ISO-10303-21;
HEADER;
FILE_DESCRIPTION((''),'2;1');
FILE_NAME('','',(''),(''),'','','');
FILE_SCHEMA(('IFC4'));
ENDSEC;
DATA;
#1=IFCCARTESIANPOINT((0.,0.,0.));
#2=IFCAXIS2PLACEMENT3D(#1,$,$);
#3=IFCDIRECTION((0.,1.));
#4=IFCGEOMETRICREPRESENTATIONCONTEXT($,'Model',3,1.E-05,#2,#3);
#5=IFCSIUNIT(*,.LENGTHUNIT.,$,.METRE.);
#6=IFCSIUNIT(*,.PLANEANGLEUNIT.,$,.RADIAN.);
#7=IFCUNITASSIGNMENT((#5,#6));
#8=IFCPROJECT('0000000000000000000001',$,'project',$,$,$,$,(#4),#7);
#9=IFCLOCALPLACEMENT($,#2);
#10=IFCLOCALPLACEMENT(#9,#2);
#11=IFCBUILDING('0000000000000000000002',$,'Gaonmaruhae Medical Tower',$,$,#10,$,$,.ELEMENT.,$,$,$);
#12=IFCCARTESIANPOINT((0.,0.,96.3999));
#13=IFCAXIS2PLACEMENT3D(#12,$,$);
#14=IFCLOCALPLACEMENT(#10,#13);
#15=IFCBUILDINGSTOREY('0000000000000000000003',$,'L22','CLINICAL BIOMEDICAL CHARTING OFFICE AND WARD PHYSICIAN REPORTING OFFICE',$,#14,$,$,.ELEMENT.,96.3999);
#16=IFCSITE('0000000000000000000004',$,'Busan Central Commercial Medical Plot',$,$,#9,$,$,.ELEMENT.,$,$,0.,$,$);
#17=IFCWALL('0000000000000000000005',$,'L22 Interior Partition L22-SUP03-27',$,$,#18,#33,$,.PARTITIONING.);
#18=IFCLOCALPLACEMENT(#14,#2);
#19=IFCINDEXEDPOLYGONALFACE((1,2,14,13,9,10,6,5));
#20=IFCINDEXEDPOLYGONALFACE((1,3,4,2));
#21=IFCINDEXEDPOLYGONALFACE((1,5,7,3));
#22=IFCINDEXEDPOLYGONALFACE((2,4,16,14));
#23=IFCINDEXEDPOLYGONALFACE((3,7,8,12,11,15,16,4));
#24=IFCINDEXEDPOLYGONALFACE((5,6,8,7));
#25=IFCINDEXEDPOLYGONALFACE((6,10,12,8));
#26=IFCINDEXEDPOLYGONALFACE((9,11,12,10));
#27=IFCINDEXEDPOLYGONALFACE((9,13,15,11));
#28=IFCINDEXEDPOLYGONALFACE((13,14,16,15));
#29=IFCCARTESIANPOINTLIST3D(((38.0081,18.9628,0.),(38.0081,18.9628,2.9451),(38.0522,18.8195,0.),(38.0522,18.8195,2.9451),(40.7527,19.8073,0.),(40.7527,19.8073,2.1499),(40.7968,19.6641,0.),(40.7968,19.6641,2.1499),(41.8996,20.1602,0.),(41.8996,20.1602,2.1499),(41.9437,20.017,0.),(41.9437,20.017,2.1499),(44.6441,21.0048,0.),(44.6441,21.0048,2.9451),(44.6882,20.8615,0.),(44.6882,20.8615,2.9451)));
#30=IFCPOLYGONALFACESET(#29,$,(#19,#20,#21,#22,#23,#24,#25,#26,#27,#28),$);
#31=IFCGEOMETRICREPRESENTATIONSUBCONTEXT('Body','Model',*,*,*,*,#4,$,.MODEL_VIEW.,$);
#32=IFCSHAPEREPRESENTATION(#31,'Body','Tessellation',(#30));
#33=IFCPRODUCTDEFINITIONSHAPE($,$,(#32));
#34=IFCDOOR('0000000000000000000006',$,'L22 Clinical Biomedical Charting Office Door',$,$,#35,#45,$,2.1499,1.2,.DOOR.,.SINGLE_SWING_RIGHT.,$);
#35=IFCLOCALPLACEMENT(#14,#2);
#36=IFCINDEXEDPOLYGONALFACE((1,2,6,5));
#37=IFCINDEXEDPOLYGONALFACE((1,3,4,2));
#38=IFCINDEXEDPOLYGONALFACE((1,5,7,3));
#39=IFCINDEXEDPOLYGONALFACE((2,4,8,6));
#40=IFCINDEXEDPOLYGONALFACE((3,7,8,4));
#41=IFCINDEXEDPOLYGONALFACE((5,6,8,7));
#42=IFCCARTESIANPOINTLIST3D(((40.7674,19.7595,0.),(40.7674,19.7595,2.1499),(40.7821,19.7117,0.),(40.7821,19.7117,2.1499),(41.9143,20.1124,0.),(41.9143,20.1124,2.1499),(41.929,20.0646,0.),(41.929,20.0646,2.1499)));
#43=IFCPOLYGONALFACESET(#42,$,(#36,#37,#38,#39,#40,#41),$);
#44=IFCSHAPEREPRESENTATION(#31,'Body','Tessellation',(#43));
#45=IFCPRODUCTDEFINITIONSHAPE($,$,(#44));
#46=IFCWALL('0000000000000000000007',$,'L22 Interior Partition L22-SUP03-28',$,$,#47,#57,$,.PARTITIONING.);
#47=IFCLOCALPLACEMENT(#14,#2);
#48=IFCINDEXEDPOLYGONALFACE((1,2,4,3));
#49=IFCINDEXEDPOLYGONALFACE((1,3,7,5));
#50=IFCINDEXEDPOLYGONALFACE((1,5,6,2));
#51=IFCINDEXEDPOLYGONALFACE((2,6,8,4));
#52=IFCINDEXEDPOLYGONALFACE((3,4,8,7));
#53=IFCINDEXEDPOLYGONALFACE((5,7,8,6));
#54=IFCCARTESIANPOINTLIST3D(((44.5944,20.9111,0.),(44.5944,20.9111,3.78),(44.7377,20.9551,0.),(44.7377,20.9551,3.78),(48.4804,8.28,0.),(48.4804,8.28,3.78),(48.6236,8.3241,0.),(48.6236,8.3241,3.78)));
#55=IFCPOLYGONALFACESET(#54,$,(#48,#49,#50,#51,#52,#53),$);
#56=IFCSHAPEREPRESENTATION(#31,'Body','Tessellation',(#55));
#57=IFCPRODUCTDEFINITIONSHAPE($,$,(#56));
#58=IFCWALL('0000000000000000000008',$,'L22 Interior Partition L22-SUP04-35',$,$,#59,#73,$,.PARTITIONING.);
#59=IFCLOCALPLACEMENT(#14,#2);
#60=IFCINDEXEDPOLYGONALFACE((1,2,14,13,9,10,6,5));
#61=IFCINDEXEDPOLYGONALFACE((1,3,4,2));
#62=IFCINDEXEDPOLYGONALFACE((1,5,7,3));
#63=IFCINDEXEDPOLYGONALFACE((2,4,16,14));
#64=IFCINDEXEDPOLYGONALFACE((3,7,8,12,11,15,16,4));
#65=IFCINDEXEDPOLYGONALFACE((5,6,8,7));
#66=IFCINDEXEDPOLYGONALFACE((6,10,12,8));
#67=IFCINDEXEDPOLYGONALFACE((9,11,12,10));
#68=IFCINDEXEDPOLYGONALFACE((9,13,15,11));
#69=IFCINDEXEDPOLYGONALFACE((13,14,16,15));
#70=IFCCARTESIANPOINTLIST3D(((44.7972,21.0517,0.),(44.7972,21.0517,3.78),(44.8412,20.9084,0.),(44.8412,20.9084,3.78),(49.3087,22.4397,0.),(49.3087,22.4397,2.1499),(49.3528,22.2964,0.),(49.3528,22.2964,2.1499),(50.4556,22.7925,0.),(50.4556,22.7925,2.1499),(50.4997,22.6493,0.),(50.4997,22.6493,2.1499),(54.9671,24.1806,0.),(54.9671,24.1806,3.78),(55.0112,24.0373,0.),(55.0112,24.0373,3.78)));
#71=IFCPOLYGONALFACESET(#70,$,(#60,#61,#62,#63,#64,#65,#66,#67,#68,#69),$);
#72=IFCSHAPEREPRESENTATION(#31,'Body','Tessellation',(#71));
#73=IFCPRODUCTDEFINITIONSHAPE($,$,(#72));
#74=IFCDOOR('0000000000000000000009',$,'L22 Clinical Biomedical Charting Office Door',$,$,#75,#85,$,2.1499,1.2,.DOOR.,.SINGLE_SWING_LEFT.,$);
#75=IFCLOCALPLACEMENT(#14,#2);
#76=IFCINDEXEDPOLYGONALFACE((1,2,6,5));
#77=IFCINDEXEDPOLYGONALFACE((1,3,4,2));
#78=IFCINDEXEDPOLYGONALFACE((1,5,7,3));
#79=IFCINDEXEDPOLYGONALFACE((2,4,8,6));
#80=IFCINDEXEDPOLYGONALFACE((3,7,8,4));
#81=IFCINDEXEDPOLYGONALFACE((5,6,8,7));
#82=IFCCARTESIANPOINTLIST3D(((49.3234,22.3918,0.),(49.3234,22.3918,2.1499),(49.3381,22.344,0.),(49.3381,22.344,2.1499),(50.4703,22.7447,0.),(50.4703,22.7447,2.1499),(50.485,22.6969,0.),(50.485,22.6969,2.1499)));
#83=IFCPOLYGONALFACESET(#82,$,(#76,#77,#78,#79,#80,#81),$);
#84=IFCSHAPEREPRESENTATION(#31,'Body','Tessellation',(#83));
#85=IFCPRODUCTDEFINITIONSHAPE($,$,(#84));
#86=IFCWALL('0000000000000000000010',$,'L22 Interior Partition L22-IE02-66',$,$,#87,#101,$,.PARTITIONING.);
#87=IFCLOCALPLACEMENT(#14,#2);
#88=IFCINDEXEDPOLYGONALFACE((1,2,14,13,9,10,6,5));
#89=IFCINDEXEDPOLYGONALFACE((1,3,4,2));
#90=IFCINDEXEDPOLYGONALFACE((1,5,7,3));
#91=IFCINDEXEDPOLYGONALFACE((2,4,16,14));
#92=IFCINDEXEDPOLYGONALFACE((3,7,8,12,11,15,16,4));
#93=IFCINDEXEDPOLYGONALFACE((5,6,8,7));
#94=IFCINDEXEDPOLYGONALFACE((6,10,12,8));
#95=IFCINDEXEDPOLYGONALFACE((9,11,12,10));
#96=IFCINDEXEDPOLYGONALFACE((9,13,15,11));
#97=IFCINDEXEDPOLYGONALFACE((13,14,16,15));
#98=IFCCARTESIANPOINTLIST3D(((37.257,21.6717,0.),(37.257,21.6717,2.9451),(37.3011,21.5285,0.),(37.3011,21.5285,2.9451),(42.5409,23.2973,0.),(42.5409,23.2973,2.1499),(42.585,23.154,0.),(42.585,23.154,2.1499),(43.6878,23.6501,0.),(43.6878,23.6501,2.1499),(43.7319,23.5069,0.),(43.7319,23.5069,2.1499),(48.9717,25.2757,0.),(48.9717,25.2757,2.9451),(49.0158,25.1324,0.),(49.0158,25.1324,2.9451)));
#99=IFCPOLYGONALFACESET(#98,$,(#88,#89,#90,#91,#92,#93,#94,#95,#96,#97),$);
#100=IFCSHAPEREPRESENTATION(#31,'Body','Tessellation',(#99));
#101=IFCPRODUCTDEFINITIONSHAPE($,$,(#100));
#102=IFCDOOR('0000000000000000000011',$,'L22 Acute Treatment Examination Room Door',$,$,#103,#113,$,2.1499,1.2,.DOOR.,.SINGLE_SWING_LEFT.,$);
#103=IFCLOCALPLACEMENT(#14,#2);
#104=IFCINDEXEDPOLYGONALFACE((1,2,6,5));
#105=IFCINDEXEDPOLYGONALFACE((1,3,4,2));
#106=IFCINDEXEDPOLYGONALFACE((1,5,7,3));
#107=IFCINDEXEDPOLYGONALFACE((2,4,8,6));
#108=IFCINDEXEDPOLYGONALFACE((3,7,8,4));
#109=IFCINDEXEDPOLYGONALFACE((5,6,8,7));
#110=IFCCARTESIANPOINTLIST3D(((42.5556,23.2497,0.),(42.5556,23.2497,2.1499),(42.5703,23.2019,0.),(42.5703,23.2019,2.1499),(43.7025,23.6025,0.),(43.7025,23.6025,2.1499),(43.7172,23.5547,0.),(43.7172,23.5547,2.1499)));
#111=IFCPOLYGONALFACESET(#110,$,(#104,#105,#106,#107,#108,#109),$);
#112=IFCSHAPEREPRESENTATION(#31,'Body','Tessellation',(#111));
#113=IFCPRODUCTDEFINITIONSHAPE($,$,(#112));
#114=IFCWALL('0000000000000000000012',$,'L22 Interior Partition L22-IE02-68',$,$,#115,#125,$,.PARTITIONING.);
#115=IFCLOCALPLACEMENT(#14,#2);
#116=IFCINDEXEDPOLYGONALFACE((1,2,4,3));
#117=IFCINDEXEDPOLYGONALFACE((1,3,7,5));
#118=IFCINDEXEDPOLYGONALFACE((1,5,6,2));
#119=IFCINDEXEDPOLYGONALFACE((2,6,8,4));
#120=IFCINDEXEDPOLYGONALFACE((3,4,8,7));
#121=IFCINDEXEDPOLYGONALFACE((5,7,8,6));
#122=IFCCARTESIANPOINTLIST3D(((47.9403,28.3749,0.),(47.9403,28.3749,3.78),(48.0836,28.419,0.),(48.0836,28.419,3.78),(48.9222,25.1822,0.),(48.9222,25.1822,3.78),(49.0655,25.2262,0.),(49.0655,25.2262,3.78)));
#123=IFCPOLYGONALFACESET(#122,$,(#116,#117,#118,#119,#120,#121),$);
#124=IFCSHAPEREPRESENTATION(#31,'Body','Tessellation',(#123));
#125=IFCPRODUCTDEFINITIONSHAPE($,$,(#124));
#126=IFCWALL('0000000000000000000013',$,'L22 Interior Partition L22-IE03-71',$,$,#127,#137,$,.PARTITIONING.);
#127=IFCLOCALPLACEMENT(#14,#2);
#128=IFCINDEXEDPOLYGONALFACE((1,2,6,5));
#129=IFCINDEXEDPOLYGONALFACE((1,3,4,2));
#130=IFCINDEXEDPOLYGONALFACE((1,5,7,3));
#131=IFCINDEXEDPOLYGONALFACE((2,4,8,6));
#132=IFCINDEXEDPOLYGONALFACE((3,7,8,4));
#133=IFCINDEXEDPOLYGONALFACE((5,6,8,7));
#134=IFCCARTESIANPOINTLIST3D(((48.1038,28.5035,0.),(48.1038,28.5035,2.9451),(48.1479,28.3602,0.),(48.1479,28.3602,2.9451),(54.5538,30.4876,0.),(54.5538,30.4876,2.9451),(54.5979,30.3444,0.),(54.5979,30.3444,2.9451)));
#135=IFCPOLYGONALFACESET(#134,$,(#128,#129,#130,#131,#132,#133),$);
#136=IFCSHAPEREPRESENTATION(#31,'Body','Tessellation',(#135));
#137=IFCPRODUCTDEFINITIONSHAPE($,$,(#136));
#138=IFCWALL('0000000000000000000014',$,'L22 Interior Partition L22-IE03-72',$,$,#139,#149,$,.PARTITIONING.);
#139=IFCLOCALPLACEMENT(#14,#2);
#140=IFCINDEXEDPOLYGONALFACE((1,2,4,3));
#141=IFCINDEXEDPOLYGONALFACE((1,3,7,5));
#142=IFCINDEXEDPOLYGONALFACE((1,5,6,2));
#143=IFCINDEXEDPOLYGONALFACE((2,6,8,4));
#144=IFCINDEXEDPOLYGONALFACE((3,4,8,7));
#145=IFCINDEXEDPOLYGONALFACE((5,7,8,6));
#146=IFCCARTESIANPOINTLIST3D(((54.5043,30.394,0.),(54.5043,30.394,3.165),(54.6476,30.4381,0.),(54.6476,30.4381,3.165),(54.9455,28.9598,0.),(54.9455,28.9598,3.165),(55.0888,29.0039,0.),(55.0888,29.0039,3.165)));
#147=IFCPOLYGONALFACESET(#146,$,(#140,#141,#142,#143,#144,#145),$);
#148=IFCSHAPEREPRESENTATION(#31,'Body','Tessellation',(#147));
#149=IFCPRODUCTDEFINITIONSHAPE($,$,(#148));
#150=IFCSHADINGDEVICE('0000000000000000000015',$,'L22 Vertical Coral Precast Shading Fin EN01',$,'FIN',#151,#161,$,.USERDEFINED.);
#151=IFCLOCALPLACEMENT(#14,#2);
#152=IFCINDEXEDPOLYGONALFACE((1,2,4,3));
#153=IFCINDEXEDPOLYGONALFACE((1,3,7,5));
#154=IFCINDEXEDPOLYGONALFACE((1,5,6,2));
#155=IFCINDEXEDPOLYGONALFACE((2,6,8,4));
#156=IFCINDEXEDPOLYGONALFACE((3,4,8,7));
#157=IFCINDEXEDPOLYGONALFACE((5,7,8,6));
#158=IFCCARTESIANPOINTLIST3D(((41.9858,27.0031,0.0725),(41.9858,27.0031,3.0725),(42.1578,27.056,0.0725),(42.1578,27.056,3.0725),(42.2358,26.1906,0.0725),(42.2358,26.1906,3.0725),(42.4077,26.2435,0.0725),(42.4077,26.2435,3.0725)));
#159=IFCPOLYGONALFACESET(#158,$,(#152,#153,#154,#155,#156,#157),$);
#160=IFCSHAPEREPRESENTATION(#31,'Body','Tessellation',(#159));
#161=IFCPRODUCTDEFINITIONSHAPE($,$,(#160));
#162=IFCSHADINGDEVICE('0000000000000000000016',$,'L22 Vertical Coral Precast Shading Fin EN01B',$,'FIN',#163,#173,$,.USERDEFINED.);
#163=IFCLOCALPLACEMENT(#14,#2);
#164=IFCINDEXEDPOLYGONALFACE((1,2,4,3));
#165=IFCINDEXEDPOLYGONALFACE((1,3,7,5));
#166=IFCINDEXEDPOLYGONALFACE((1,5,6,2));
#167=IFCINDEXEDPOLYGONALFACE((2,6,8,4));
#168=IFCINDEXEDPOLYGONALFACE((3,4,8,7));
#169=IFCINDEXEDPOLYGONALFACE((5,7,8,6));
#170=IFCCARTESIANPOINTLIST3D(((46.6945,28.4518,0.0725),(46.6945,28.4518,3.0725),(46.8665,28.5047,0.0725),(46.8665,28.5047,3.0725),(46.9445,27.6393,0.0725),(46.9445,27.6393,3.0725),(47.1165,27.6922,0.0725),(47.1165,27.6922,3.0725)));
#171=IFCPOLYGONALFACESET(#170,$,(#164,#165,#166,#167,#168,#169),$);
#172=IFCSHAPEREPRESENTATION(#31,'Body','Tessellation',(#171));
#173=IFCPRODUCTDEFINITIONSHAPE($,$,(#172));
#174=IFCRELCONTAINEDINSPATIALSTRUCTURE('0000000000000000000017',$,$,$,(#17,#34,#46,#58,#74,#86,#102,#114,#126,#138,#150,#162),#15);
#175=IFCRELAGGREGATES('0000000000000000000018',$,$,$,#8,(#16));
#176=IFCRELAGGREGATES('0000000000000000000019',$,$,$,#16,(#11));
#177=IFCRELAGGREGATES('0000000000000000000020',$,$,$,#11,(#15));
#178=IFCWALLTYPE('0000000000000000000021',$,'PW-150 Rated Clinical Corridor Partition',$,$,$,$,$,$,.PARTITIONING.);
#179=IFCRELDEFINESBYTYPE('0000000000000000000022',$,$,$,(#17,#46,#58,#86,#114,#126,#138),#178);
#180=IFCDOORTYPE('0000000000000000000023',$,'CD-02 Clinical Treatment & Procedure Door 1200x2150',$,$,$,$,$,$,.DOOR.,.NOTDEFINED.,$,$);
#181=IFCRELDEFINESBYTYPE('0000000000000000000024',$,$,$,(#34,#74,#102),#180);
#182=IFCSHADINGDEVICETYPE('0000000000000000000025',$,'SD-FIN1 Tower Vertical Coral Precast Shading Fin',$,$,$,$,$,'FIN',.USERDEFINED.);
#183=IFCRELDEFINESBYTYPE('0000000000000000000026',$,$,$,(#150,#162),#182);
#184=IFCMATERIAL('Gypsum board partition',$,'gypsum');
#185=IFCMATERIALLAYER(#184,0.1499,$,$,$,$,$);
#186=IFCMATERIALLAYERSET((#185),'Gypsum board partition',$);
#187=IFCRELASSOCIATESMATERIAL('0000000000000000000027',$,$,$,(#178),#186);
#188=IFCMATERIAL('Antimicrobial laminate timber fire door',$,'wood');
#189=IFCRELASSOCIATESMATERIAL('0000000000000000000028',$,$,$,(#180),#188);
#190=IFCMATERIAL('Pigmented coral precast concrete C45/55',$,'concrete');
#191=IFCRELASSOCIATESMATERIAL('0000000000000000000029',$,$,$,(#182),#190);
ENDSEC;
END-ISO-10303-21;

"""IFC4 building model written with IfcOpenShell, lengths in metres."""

from ifc_helpers import new_model, si_unit, direction, frame, frame_2d, origin, origin_2d, place, context, subcontext, project, spatial, rectangle, extrude, material, layer, layer_set, type_object, element, fill, save


model = new_model("IFC4")

# Units and contexts
model_context = context("Model", 3, precision=1e-05, world=origin(), true_north=direction((0.0, 1.0)))
body_context = subcontext(model_context, "Body", "Model", "MODEL_VIEW")
ifc_project = project(units=[si_unit("LENGTHUNIT", "METRE"), si_unit("PLANEANGLEUNIT", "RADIAN")], contexts=[model_context])

# Site, building, storey
site_placement = place(None, origin())
site = spatial("IfcSite", under=ifc_project, at=site_placement, Name="Busan Central Commercial Medical Plot", CompositionType="ELEMENT", RefElevation=0.0)
building_placement = place(site_placement, origin())
building = spatial("IfcBuilding", under=site, at=building_placement, Name="Gaonmaruhae Medical Tower", CompositionType="ELEMENT")
storey_placement = place(building_placement, frame((0.0, 0.0, 96.3999)))
storey = spatial("IfcBuildingStorey", under=building, at=storey_placement, Name="L22", Description="CLINICAL BIOMEDICAL CHARTING OFFICE AND WARD PHYSICIAN REPORTING OFFICE", CompositionType="ELEMENT", Elevation=96.3999)

# Wall, opening, door
ifc_material_1 = material(Name="Gypsum board partition", Category="gypsum")
ifc_layer_1 = layer(ifc_material_1, 0.1499)
ifc_layer_set_1 = layer_set([ifc_layer_1], Name="Gypsum board partition")
wall_type_1 = type_object("IfcWallType", Name="PW-150 Rated Clinical Corridor Partition", PredefinedType="PARTITIONING", material=ifc_layer_set_1)
wall_1_placement = place(storey_placement, frame((38.03, 18.8911, 0.0), z_axis=(0.0, 0.0, 1.0), x_axis=(0.955773, 0.294106, 0.0)))
wall_1 = element("IfcWall", 1, at=wall_1_placement, inside=storey, type_object=wall_type_1, Name="L22 Interior Partition L22-SUP03-27", PredefinedType="PARTITIONING", context=body_context, shape_type="SweptSolid", body=[
    extrude(rectangle(XDim=6.9431, YDim=0.1499, at=frame_2d((3.4717, 0.0))), origin(), (0.0, 0.0, 1.0), 2.9451),
])
opening_1_placement = place(wall_1_placement, frame((2.8716, 0.0, 0.0)))
opening_1 = element("IfcOpeningElement", 2, at=opening_1_placement, cuts=wall_1, PredefinedType="OPENING", context=body_context, shape_type="SweptSolid", body=[
    extrude(rectangle(XDim=1.2, YDim=2.1499, at=frame_2d((0.6001, 1.075))), frame((0.0, 0.085, 0.0), z_axis=(0.0, -1.0, 0.0), x_axis=(1.0, 0.0, 0.0)), (0.0, 0.0, 1.0), 0.1699),
])
ifc_material_2 = material(Name="Antimicrobial laminate timber fire door", Category="wood")
door_type = type_object("IfcDoorType", Name="CD-02 Clinical Treatment & Procedure Door 1200x2150", OperationType="NOTDEFINED", PredefinedType="DOOR", material=ifc_material_2)
door_1_placement = place(opening_1_placement, origin())
door_1 = element("IfcDoor", 3, at=door_1_placement, inside=storey, type_object=door_type, Name="L22 Clinical Biomedical Charting Office Door", OperationType="SINGLE_SWING_RIGHT", OverallHeight=2.1499, OverallWidth=1.2, PredefinedType="DOOR", context=body_context, shape_type="SweptSolid", body=[
    extrude(rectangle(XDim=1.2, YDim=2.1499, at=frame_2d((0.6001, 1.075))), frame((0.0, 0.0249, 0.0), z_axis=(0.0, -1.0, 0.0), x_axis=(1.0, 0.0, 0.0)), (0.0, 0.0, 1.0), 0.05),
])
fill(opening_1, door_1)

# Wall
wall_2_placement = place(storey_placement, frame((44.666, 20.9331, 0.0), z_axis=(0.0, 0.0, 1.0), x_axis=(0.294051, -0.95579, 0.0)))
element("IfcWall", 4, at=wall_2_placement, inside=storey, type_object=wall_type_1, Name="L22 Interior Partition L22-SUP03-28", PredefinedType="PARTITIONING", context=body_context, shape_type="SweptSolid", body=[
    extrude(rectangle(XDim=13.2153, YDim=0.1499, at=frame_2d((6.6077, 0.0))), origin(), (0.0, 0.0, 1.0), 3.78),
])

# Walls, openings, doors
wall_3_placement = place(storey_placement, frame((44.8191, 20.98, 0.0), z_axis=(0.0, 0.0, 1.0), x_axis=(0.955787, 0.29406, 0.0)))
wall_3 = element("IfcWall", 5, at=wall_3_placement, inside=storey, type_object=wall_type_1, Name="L22 Interior Partition L22-SUP04-35", PredefinedType="PARTITIONING", context=body_context, shape_type="SweptSolid", body=[
    extrude(rectangle(XDim=10.6404, YDim=0.1499, at=frame_2d((5.3203, 0.0))), origin(), (0.0, 0.0, 1.0), 3.78),
])
opening_2_placement = place(wall_3_placement, frame((4.7202, 0.0, 0.0)))
opening_2 = element("IfcOpeningElement", 6, at=opening_2_placement, cuts=wall_3, PredefinedType="OPENING", context=body_context, shape_type="SweptSolid", body=[
    extrude(rectangle(XDim=1.2, YDim=2.1499, at=frame_2d((0.6001, 1.075))), frame((0.0, 0.085, 0.0), z_axis=(0.0, -1.0, 0.0), x_axis=(1.0, 0.0, 0.0)), (0.0, 0.0, 1.0), 0.1699),
])
door_2_placement = place(opening_2_placement, origin())
door_2 = element("IfcDoor", 7, at=door_2_placement, inside=storey, type_object=door_type, Name="L22 Clinical Biomedical Charting Office Door", OperationType="SINGLE_SWING_LEFT", OverallHeight=2.1499, OverallWidth=1.2, PredefinedType="DOOR", context=body_context, shape_type="SweptSolid", body=[
    extrude(rectangle(XDim=1.2, YDim=2.1499, at=frame_2d((0.6001, 1.075))), frame((0.0, 0.0249, 0.0), z_axis=(0.0, -1.0, 0.0), x_axis=(1.0, 0.0, 0.0)), (0.0, 0.0, 1.0), 0.05),
])
fill(opening_2, door_2)
wall_4_placement = place(storey_placement, frame((48.9939, 25.2041, 0.0), z_axis=(0.0, 0.0, 1.0), x_axis=(-0.955792, -0.294044, 0.0)))
wall_4 = element("IfcWall", 8, at=wall_4_placement, inside=storey, type_object=wall_type_1, Name="L22 Interior Partition L22-IE02-66", PredefinedType="PARTITIONING", context=body_context, shape_type="SweptSolid", body=[
    extrude(rectangle(XDim=12.2566, YDim=0.1499, at=frame_2d((6.1284, 0.0))), origin(), (0.0, 0.0, 1.0), 2.9451),
])
opening_3_placement = place(wall_4_placement, frame((5.5283, 0.0, 0.0)))
opening_3 = element("IfcOpeningElement", 9, at=opening_3_placement, cuts=wall_4, PredefinedType="OPENING", context=body_context, shape_type="SweptSolid", body=[
    extrude(rectangle(XDim=1.2, YDim=2.1499, at=frame_2d((0.6001, 1.075))), frame((0.0, 0.085, 0.0), z_axis=(0.0, -1.0, 0.0), x_axis=(1.0, 0.0, 0.0)), (0.0, 0.0, 1.0), 0.1699),
])
door_3_placement = place(opening_3_placement, origin())
door_3 = element("IfcDoor", 10, at=door_3_placement, inside=storey, type_object=door_type, Name="L22 Acute Treatment Examination Room Door", OperationType="SINGLE_SWING_LEFT", OverallHeight=2.1499, OverallWidth=1.2, PredefinedType="DOOR", context=body_context, shape_type="SweptSolid", body=[
    extrude(rectangle(XDim=1.2, YDim=2.1499, at=frame_2d((0.6001, 1.075))), frame((0.0, 0.0249, 0.0), z_axis=(0.0, -1.0, 0.0), x_axis=(1.0, 0.0, 0.0)), (0.0, 0.0, 1.0), 0.05),
])
fill(opening_3, door_3)

# Walls
wall_5_placement = place(storey_placement, frame((48.012, 28.397, 0.0), z_axis=(0.0, 0.0, 1.0), x_axis=(0.293952, -0.95582, 0.0)))
element("IfcWall", 11, at=wall_5_placement, inside=storey, type_object=wall_type_1, Name="L22 Interior Partition L22-IE02-68", PredefinedType="PARTITIONING", context=body_context, shape_type="SweptSolid", body=[
    extrude(rectangle(XDim=3.3403, YDim=0.1499, at=frame_2d((1.6702, 0.0))), origin(), (0.0, 0.0, 1.0), 3.78),
])
wall_6_placement = place(storey_placement, frame((48.126, 28.4319, 0.0), z_axis=(0.0, 0.0, 1.0), x_axis=(0.955799, 0.294022, 0.0)))
element("IfcWall", 12, at=wall_6_placement, inside=storey, type_object=wall_type_1, Name="L22 Interior Partition L22-IE03-71", PredefinedType="PARTITIONING", context=body_context, shape_type="SweptSolid", body=[
    extrude(rectangle(XDim=6.7483, YDim=0.1499, at=frame_2d((3.374, 0.0))), origin(), (0.0, 0.0, 1.0), 2.9451),
])
wall_7_placement = place(storey_placement, frame((54.5759, 30.416, 0.0), z_axis=(0.0, 0.0, 1.0), x_axis=(0.294029, -0.955797, 0.0)))
element("IfcWall", 13, at=wall_7_placement, inside=storey, type_object=wall_type_1, Name="L22 Interior Partition L22-IE03-72", PredefinedType="PARTITIONING", context=body_context, shape_type="SweptSolid", body=[
    extrude(rectangle(XDim=1.5005, YDim=0.1499, at=frame_2d((0.7502, 0.0))), origin(), (0.0, 0.0, 1.0), 3.165),
])

# Shading devices
ifc_material_3 = material(Name="Pigmented coral precast concrete C45/55", Category="concrete")
shading_device_type = type_object("IfcShadingDeviceType", Name="SD-FIN1 Tower Vertical Coral Precast Shading Fin", ElementType="FIN", PredefinedType="USERDEFINED", material=ifc_material_3)
for number, where, z_axis, x_axis, name in (
    (14, (42.1968, 26.6233, 0.0725), (0.0, 0.0, 1.0), (0.955793, 0.29404, 0.0), "L22 Vertical Coral Precast Shading Fin EN01"),
    (15, (46.9055, 28.072, 0.0725), (0.0, 0.0, 1.0), (0.955793, 0.29404, 0.0), "L22 Vertical Coral Precast Shading Fin EN01B"),
):
    element("IfcShadingDevice", number, at=place(storey_placement, frame(where, z_axis=z_axis, x_axis=x_axis)), inside=storey, type_object=shading_device_type, Name=name, ObjectType="FIN", PredefinedType="USERDEFINED", context=body_context, shape_type="SweptSolid", body=[
        extrude(rectangle(XDim=0.1799, YDim=0.8501, at=origin_2d()), origin(), (0.0, 0.0, 1.0), 3.0),
    ])

save(model, "model.ifc")
